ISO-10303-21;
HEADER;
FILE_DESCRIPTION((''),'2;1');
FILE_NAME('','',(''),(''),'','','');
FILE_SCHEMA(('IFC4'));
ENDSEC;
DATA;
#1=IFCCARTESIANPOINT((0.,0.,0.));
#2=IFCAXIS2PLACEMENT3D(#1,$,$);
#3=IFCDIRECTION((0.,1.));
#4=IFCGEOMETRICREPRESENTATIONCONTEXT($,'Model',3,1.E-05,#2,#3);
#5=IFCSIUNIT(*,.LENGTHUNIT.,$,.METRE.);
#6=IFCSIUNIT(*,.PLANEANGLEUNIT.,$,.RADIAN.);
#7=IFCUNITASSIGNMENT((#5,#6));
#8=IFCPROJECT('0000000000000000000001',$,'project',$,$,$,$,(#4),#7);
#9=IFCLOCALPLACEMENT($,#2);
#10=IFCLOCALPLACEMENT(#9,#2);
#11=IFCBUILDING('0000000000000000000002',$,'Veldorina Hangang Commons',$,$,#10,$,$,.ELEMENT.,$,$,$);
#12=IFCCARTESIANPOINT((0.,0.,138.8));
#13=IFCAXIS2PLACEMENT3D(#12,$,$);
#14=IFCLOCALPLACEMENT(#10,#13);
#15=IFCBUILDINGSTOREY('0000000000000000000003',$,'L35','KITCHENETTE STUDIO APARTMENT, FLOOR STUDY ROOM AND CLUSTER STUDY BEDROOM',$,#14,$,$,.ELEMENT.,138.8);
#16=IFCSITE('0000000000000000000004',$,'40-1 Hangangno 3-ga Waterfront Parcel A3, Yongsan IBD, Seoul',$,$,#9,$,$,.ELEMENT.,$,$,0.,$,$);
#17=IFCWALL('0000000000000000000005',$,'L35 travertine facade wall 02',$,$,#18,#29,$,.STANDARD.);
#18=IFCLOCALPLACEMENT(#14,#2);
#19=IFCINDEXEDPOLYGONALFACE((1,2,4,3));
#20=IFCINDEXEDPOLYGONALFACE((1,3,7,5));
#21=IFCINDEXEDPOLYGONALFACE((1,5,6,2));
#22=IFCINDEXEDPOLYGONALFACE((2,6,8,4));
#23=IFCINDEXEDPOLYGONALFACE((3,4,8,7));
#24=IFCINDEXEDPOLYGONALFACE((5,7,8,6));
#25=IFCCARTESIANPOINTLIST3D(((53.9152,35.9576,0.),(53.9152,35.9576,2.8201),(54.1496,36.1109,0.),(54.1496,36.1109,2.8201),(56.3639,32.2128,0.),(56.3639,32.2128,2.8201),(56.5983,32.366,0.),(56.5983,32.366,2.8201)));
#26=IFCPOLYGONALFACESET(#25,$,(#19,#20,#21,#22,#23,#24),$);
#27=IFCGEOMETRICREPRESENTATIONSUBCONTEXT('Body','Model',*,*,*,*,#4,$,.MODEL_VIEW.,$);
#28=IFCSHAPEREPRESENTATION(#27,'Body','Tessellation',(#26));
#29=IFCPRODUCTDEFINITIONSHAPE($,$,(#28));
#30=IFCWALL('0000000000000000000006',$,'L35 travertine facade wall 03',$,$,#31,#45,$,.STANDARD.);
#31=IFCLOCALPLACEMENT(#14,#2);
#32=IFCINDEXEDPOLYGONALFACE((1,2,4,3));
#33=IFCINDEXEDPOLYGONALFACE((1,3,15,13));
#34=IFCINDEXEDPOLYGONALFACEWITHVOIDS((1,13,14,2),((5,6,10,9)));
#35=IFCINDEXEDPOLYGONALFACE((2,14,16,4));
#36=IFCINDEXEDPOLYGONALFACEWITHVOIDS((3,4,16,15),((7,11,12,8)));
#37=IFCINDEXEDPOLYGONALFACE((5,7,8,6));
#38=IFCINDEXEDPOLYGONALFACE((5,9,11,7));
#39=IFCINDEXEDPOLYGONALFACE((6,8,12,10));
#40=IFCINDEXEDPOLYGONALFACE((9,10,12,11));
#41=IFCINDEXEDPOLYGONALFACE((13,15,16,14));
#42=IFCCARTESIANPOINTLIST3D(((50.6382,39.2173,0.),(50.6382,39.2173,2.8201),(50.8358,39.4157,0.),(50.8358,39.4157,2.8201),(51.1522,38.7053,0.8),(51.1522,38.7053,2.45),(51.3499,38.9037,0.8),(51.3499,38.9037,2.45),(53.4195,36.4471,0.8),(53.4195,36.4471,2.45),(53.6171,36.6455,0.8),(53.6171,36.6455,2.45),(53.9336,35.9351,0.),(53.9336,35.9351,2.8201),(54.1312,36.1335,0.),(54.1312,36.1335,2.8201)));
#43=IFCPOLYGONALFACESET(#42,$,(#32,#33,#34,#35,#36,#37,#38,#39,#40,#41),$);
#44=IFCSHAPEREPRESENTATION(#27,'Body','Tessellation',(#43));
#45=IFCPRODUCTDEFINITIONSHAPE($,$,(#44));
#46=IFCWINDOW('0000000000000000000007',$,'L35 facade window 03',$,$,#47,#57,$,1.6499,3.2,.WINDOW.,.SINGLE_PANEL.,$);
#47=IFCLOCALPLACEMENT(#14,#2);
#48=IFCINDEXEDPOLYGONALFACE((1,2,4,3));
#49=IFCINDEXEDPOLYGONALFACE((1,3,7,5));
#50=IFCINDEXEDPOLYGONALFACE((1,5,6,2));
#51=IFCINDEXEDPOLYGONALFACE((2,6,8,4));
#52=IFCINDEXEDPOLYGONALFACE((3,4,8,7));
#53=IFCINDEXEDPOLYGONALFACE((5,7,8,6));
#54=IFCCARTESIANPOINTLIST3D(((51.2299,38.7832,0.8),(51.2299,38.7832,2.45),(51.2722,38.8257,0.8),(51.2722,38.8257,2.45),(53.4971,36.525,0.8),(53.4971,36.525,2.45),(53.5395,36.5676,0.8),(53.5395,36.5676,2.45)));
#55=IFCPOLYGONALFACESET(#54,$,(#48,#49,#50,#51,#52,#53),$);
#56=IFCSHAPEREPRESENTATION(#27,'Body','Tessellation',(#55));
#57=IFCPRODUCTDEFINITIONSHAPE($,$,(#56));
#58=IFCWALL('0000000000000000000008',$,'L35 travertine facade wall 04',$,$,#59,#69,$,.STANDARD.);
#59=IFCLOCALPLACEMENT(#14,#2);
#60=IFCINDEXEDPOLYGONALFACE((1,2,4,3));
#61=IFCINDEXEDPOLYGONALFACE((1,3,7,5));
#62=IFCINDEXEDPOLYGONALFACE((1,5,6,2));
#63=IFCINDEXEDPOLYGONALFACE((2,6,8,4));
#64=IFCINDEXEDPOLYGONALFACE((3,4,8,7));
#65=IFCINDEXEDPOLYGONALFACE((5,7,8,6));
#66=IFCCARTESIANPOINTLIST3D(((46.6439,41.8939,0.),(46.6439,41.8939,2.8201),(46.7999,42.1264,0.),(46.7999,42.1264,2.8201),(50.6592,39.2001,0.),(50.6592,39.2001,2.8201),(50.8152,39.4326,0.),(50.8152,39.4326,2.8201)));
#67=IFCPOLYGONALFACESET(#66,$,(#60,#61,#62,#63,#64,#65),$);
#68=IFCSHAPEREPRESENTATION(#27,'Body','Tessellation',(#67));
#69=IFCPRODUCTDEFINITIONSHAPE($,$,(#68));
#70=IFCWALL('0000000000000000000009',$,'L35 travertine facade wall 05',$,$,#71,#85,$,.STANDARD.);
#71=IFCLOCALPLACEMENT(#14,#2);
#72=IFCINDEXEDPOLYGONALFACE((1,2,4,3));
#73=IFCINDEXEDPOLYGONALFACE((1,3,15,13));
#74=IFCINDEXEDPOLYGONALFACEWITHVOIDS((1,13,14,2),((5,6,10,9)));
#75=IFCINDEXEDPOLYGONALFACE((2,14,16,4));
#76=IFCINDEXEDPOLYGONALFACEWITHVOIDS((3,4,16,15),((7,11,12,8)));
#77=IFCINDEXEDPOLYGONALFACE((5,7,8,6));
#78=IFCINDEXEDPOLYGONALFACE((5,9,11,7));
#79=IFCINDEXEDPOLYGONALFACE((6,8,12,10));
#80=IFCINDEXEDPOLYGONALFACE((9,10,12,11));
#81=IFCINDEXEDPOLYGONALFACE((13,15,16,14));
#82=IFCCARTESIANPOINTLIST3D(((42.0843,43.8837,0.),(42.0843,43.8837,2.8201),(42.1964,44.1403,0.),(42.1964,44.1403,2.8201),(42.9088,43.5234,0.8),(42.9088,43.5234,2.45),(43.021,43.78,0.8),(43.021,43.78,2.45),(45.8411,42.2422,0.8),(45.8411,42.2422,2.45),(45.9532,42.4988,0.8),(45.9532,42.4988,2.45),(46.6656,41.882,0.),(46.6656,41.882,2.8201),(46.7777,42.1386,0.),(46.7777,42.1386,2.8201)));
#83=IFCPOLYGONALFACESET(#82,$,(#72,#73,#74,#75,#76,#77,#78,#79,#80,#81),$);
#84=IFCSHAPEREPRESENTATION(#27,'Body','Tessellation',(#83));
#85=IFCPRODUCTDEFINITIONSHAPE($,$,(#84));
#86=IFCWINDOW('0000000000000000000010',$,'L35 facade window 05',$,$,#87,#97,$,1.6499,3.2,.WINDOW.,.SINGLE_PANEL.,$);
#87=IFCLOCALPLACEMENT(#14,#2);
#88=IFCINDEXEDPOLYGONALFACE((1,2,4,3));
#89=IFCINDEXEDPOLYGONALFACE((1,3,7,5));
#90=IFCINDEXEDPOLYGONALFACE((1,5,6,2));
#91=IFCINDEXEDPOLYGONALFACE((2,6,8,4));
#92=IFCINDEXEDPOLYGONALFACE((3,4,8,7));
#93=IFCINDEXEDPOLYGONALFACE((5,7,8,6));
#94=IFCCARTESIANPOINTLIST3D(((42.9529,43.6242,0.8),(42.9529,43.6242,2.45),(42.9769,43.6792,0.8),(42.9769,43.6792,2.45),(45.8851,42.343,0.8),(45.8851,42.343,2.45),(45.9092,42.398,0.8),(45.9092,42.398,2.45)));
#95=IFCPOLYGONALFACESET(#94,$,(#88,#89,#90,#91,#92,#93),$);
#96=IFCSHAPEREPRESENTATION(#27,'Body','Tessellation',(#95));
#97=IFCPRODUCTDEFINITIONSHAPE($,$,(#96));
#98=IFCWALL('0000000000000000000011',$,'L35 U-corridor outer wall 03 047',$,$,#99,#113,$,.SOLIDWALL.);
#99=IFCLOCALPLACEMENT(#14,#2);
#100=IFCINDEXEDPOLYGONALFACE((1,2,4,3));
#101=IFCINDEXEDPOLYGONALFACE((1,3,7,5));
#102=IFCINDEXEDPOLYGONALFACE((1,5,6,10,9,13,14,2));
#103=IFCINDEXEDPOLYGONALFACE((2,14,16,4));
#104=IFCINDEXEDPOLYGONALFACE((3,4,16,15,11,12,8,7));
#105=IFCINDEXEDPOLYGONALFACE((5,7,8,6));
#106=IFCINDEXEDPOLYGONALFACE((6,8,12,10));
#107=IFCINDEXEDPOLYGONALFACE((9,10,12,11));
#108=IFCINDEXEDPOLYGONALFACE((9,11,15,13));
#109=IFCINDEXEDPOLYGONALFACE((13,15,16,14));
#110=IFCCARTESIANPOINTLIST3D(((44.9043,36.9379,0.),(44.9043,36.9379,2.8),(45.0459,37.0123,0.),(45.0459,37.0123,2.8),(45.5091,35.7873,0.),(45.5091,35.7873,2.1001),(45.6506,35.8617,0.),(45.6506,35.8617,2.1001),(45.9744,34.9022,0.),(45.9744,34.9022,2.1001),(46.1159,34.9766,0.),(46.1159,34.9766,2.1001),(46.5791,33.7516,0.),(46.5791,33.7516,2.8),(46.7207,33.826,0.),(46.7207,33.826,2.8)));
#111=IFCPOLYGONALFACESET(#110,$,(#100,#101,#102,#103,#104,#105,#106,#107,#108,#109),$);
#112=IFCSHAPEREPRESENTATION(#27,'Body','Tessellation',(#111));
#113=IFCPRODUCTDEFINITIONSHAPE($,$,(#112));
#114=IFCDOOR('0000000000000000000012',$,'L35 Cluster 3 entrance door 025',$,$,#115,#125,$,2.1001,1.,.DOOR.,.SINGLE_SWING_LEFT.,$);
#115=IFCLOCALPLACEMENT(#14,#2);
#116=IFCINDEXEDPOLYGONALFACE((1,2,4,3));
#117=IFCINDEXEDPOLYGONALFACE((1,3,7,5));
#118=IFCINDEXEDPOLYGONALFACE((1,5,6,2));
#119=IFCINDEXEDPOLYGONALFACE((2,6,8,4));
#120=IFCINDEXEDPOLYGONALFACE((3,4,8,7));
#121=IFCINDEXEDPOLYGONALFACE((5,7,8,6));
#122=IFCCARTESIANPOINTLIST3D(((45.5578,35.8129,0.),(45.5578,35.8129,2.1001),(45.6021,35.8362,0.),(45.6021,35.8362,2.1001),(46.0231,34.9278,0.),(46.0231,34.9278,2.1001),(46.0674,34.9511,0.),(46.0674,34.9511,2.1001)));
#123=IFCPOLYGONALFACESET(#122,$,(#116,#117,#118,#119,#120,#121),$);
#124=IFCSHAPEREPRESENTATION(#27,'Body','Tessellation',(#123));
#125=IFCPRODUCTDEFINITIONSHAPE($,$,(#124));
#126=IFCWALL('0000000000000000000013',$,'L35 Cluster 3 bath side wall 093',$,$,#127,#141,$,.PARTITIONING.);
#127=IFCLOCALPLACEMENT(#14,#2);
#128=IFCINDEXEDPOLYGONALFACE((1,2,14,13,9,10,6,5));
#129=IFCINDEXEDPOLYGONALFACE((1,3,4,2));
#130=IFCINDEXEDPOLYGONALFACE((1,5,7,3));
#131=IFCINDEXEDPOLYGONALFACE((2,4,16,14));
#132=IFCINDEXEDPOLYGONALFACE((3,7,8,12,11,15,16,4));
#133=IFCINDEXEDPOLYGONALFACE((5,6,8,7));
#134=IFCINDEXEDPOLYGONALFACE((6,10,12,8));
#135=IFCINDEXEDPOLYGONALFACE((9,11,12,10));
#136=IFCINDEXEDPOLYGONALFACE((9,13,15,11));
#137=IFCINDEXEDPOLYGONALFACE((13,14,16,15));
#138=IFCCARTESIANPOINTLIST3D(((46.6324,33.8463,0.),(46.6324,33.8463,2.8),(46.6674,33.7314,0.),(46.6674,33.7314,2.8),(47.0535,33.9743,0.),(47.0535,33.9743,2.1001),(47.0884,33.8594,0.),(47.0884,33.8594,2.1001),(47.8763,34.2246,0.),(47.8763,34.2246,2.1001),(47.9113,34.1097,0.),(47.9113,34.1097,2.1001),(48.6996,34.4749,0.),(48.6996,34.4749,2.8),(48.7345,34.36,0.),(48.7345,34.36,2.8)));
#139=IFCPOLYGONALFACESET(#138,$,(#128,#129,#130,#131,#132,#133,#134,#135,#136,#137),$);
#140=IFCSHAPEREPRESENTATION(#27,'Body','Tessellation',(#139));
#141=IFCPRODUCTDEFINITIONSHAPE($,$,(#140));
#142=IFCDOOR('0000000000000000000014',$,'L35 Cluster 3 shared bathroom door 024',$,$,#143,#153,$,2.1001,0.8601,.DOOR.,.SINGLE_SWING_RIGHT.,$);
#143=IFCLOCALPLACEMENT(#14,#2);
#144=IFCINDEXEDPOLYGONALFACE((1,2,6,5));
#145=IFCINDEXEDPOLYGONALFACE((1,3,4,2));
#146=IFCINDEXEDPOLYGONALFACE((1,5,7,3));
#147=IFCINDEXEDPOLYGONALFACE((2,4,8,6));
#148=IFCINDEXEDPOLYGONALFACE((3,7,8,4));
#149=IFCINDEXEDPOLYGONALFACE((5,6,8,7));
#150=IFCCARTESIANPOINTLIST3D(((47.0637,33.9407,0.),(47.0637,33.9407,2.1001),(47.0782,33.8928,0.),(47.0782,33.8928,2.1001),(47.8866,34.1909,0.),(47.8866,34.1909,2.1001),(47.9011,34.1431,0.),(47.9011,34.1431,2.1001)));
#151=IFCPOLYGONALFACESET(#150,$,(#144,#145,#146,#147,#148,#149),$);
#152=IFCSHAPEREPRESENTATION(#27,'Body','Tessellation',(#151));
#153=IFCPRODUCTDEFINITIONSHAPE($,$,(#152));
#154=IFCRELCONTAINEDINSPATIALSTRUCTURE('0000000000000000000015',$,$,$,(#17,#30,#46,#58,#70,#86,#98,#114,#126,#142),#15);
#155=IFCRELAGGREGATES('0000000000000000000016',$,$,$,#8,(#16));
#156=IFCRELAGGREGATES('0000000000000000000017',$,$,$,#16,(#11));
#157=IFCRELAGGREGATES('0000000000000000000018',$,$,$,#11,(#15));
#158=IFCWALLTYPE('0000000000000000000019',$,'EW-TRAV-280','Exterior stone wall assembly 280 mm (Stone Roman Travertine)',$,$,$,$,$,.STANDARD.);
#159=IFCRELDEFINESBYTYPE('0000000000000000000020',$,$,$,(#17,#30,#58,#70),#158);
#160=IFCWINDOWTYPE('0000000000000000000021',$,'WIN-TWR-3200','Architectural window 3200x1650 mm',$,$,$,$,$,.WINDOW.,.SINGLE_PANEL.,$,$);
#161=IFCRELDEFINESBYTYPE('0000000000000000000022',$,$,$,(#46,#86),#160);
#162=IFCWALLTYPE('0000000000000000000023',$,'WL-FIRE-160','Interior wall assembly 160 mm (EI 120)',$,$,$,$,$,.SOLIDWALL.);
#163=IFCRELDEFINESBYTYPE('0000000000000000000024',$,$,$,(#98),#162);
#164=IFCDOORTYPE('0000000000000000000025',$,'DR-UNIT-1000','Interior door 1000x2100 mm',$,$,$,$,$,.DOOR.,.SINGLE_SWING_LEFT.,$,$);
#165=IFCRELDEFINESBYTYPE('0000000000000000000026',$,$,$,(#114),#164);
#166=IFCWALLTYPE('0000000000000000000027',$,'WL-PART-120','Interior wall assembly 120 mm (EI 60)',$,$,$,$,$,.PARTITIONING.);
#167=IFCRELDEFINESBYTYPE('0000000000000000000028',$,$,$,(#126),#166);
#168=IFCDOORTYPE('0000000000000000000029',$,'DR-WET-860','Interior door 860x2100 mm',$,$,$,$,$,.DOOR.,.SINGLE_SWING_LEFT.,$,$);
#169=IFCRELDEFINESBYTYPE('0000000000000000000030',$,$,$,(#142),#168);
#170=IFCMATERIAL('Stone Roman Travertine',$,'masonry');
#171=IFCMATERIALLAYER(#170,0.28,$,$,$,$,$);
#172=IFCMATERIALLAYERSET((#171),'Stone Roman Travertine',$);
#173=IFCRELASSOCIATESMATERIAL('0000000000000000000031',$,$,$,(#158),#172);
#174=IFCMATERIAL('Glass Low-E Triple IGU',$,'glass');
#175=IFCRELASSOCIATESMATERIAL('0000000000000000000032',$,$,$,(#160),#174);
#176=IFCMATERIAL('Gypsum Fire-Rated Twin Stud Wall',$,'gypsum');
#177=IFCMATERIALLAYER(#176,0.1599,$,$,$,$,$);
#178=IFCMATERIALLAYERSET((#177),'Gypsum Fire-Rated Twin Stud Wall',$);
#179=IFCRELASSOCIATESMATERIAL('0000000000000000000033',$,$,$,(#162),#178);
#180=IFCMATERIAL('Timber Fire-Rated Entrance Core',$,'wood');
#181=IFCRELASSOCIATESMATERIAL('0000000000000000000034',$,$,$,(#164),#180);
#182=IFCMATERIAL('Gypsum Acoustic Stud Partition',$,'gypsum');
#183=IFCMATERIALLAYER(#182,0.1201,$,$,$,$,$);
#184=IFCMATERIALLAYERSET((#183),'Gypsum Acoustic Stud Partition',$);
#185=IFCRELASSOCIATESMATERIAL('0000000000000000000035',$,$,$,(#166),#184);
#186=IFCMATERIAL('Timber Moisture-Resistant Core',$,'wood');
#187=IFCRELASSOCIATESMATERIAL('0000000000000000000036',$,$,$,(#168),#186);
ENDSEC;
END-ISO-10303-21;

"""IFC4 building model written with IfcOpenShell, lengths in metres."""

from ifc_helpers import new_model, si_unit, direction, frame, frame_2d, origin, place, context, subcontext, project, spatial, rectangle, extrude, material, layer, layer_set, type_object, element, fill, save


model = new_model("IFC4")

# Units and contexts
model_context = context("Model", 3, precision=1e-05, world=origin(), true_north=direction((0.0, 1.0)))
body_context = subcontext(model_context, "Body", "Model", "MODEL_VIEW")
ifc_project = project(units=[si_unit("LENGTHUNIT", "METRE"), si_unit("PLANEANGLEUNIT", "RADIAN")], contexts=[model_context])

# Site, building, storey
site_placement = place(None, origin())
site = spatial("IfcSite", under=ifc_project, at=site_placement, Name="40-1 Hangangno 3-ga Waterfront Parcel A3, Yongsan IBD, Seoul", CompositionType="ELEMENT", RefElevation=0.0)
building_placement = place(site_placement, origin())
building = spatial("IfcBuilding", under=site, at=building_placement, Name="Veldorina Hangang Commons", CompositionType="ELEMENT")
storey_placement = place(building_placement, frame((0.0, 0.0, 138.8)))
storey = spatial("IfcBuildingStorey", under=building, at=storey_placement, Name="L35", Description="KITCHENETTE STUDIO APARTMENT, FLOOR STUDY ROOM AND CLUSTER STUDY BEDROOM", CompositionType="ELEMENT", Elevation=138.8)

# Wall
ifc_material_1 = material(Name="Stone Roman Travertine", Category="masonry")
ifc_layer_1 = layer(ifc_material_1, 0.28)
ifc_layer_set_1 = layer_set([ifc_layer_1], Name="Stone Roman Travertine")
wall_type_1 = type_object("IfcWallType", Name="EW-TRAV-280", Description="Exterior stone wall assembly 280 mm (Stone Roman Travertine)", PredefinedType="STANDARD", material=ifc_layer_set_1)
wall_1_placement = place(storey_placement, frame((56.4812, 32.2893, 0.0), z_axis=(0.0, 0.0, 1.0), x_axis=(-0.547274, 0.836953, 0.0)))
element("IfcWall", 1, at=wall_1_placement, inside=storey, type_object=wall_type_1, Name="L35 travertine facade wall 02", PredefinedType="STANDARD", context=body_context, shape_type="SweptSolid", body=[
    extrude(rectangle(XDim=4.4744, YDim=0.28, at=frame_2d((2.2373, 0.0))), origin(), (0.0, 0.0, 1.0), 2.8201),
])

# Wall, opening, window
wall_2_placement = place(storey_placement, frame((54.0325, 36.0342, 0.0), z_axis=(0.0, 0.0, 1.0), x_axis=(-0.708523, 0.705688, 0.0)))
wall_2 = element("IfcWall", 2, at=wall_2_placement, inside=storey, type_object=wall_type_1, Name="L35 travertine facade wall 03", PredefinedType="STANDARD", context=body_context, shape_type="SweptSolid", body=[
    extrude(rectangle(XDim=4.6511, YDim=0.28, at=frame_2d((2.3257, 0.0))), origin(), (0.0, 0.0, 1.0), 2.8201),
])
opening_1_placement = place(wall_2_placement, frame((0.7256, 0.0, 0.8)))
opening_1 = element("IfcOpeningElement", 3, at=opening_1_placement, cuts=wall_2, PredefinedType="OPENING", context=body_context, shape_type="SweptSolid", body=[
    extrude(rectangle(XDim=3.2, YDim=1.6499, at=frame_2d((1.6001, 0.825))), frame((0.0, 0.1499, 0.0), z_axis=(0.0, -1.0, 0.0), x_axis=(1.0, 0.0, 0.0)), (0.0, 0.0, 1.0), 0.3),
])
ifc_material_2 = material(Name="Glass Low-E Triple IGU", Category="glass")
window_type = type_object("IfcWindowType", Name="WIN-TWR-3200", Description="Architectural window 3200x1650 mm", PartitioningType="SINGLE_PANEL", PredefinedType="WINDOW", material=ifc_material_2)
window_1_placement = place(opening_1_placement, origin())
window_1 = element("IfcWindow", 4, at=window_1_placement, inside=storey, type_object=window_type, Name="L35 facade window 03", OverallHeight=1.6499, OverallWidth=3.2, PartitioningType="SINGLE_PANEL", PredefinedType="WINDOW", context=body_context, shape_type="SweptSolid", body=[
    extrude(rectangle(XDim=3.2, YDim=1.6499, at=frame_2d((1.6001, 0.825))), frame((0.0, 0.03, 0.0), z_axis=(0.0, -1.0, 0.0), x_axis=(1.0, 0.0, 0.0)), (0.0, 0.0, 1.0), 0.0601),
])
fill(opening_1, window_1)

# Wall
wall_3_placement = place(storey_placement, frame((50.7371, 39.3164, 0.0), z_axis=(0.0, 0.0, 1.0), x_axis=(-0.830431, 0.557121, 0.0)))
element("IfcWall", 5, at=wall_3_placement, inside=storey, type_object=wall_type_1, Name="L35 travertine facade wall 04", PredefinedType="STANDARD", context=body_context, shape_type="SweptSolid", body=[
    extrude(rectangle(XDim=4.8352, YDim=0.28, at=frame_2d((2.4175, 0.0))), origin(), (0.0, 0.0, 1.0), 2.8201),
])

# Wall, opening, window
wall_4_placement = place(storey_placement, frame((46.7217, 42.0103, 0.0), z_axis=(0.0, 0.0, 1.0), x_axis=(-0.916349, 0.400381, 0.0)))
wall_4 = element("IfcWall", 6, at=wall_4_placement, inside=storey, type_object=wall_type_1, Name="L35 travertine facade wall 05", PredefinedType="STANDARD", context=body_context, shape_type="SweptSolid", body=[
    extrude(rectangle(XDim=4.9995, YDim=0.28, at=frame_2d((2.4998, 0.0))), origin(), (0.0, 0.0, 1.0), 2.8201),
])
opening_2_placement = place(wall_4_placement, frame((0.8997, 0.0, 0.8)))
opening_2 = element("IfcOpeningElement", 7, at=opening_2_placement, cuts=wall_4, PredefinedType="OPENING", context=body_context, shape_type="SweptSolid", body=[
    extrude(rectangle(XDim=3.2, YDim=1.6499, at=frame_2d((1.6001, 0.825))), frame((0.0, 0.1499, 0.0), z_axis=(0.0, -1.0, 0.0), x_axis=(1.0, 0.0, 0.0)), (0.0, 0.0, 1.0), 0.3),
])
window_2_placement = place(opening_2_placement, origin())
window_2 = element("IfcWindow", 8, at=window_2_placement, inside=storey, type_object=window_type, Name="L35 facade window 05", OverallHeight=1.6499, OverallWidth=3.2, PartitioningType="SINGLE_PANEL", PredefinedType="WINDOW", context=body_context, shape_type="SweptSolid", body=[
    extrude(rectangle(XDim=3.2, YDim=1.6499, at=frame_2d((1.6001, 0.825))), frame((0.0, 0.03, 0.0), z_axis=(0.0, -1.0, 0.0), x_axis=(1.0, 0.0, 0.0)), (0.0, 0.0, 1.0), 0.0601),
])
fill(opening_2, window_2)

# Walls, openings, doors
ifc_material_3 = material(Name="Gypsum Fire-Rated Twin Stud Wall", Category="gypsum")
ifc_layer_2 = layer(ifc_material_3, 0.1599)
ifc_layer_set_2 = layer_set([ifc_layer_2], Name="Gypsum Fire-Rated Twin Stud Wall")
wall_type_2 = type_object("IfcWallType", Name="WL-FIRE-160", Description="Interior wall assembly 160 mm (EI 120)", PredefinedType="SOLIDWALL", material=ifc_layer_set_2)
wall_5_placement = place(storey_placement, frame((46.6499, 33.7888, 0.0), z_axis=(0.0, 0.0, 1.0), x_axis=(-0.465271, 0.885168, 0.0)))
wall_5 = element("IfcWall", 9, at=wall_5_placement, inside=storey, type_object=wall_type_2, Name="L35 U-corridor outer wall 03 047", PredefinedType="SOLIDWALL", context=body_context, shape_type="SweptSolid", body=[
    extrude(rectangle(XDim=3.5996, YDim=0.1599, at=frame_2d((1.7998, 0.0))), origin(), (0.0, 0.0, 1.0), 2.8),
])
opening_3_placement = place(wall_5_placement, frame((1.2998, 0.0, 0.0)))
opening_3 = element("IfcOpeningElement", 10, at=opening_3_placement, cuts=wall_5, PredefinedType="OPENING", context=body_context, shape_type="SweptSolid", body=[
    extrude(rectangle(XDim=1.0, YDim=2.1001, at=frame_2d((0.5, 1.05))), frame((0.0, 0.0898, 0.0), z_axis=(0.0, -1.0, 0.0), x_axis=(1.0, 0.0, 0.0)), (0.0, 0.0, 1.0), 0.1799),
])
ifc_material_4 = material(Name="Timber Fire-Rated Entrance Core", Category="wood")
door_type_1 = type_object("IfcDoorType", Name="DR-UNIT-1000", Description="Interior door 1000x2100 mm", OperationType="SINGLE_SWING_LEFT", PredefinedType="DOOR", material=ifc_material_4)
door_1_placement = place(opening_3_placement, origin())
door_1 = element("IfcDoor", 11, at=door_1_placement, inside=storey, type_object=door_type_1, Name="L35 Cluster 3 entrance door 025", OperationType="SINGLE_SWING_LEFT", OverallHeight=2.1001, OverallWidth=1.0, PredefinedType="DOOR", context=body_context, shape_type="SweptSolid", body=[
    extrude(rectangle(XDim=1.0, YDim=2.1001, at=frame_2d((0.5, 1.05))), frame((0.0, 0.0249, 0.0), z_axis=(0.0, -1.0, 0.0), x_axis=(1.0, 0.0, 0.0)), (0.0, 0.0, 1.0), 0.05),
])
fill(opening_3, door_1)
ifc_material_5 = material(Name="Gypsum Acoustic Stud Partition", Category="gypsum")
ifc_layer_3 = layer(ifc_material_5, 0.1201)
ifc_layer_set_3 = layer_set([ifc_layer_3], Name="Gypsum Acoustic Stud Partition")
wall_type_3 = type_object("IfcWallType", Name="WL-PART-120", Description="Interior wall assembly 120 mm (EI 60)", PredefinedType="PARTITIONING", material=ifc_layer_set_3)
wall_6_placement = place(storey_placement, frame((46.6499, 33.7888, 0.0), z_axis=(0.0, 0.0, 1.0), x_axis=(0.956734, 0.290964, 0.0)))
wall_6 = element("IfcWall", 12, at=wall_6_placement, inside=storey, type_object=wall_type_3, Name="L35 Cluster 3 bath side wall 093", PredefinedType="PARTITIONING", context=body_context, shape_type="SweptSolid", body=[
    extrude(rectangle(XDim=2.1606, YDim=0.1201, at=frame_2d((1.0803, 0.0))), origin(), (0.0, 0.0, 1.0), 2.8),
])
opening_4_placement = place(wall_6_placement, frame((0.4399, 0.0, 0.0)))
opening_4 = element("IfcOpeningElement", 13, at=opening_4_placement, cuts=wall_6, PredefinedType="OPENING", context=body_context, shape_type="SweptSolid", body=[
    extrude(rectangle(XDim=0.8601, YDim=2.1001, at=frame_2d((0.4302, 1.05))), frame((0.0, 0.0701, 0.0), z_axis=(0.0, -1.0, 0.0), x_axis=(1.0, 0.0, 0.0)), (0.0, 0.0, 1.0), 0.1401),
])
ifc_material_6 = material(Name="Timber Moisture-Resistant Core", Category="wood")
door_type_2 = type_object("IfcDoorType", Name="DR-WET-860", Description="Interior door 860x2100 mm", OperationType="SINGLE_SWING_LEFT", PredefinedType="DOOR", material=ifc_material_6)
door_2_placement = place(opening_4_placement, origin())
door_2 = element("IfcDoor", 14, at=door_2_placement, inside=storey, type_object=door_type_2, Name="L35 Cluster 3 shared bathroom door 024", OperationType="SINGLE_SWING_RIGHT", OverallHeight=2.1001, OverallWidth=0.8601, PredefinedType="DOOR", context=body_context, shape_type="SweptSolid", body=[
    extrude(rectangle(XDim=0.8601, YDim=2.1001, at=frame_2d((0.4302, 1.05))), frame((0.0, 0.0249, 0.0), z_axis=(0.0, -1.0, 0.0), x_axis=(1.0, 0.0, 0.0)), (0.0, 0.0, 1.0), 0.05),
])
fill(opening_4, door_2)

save(model, "model.ifc")
